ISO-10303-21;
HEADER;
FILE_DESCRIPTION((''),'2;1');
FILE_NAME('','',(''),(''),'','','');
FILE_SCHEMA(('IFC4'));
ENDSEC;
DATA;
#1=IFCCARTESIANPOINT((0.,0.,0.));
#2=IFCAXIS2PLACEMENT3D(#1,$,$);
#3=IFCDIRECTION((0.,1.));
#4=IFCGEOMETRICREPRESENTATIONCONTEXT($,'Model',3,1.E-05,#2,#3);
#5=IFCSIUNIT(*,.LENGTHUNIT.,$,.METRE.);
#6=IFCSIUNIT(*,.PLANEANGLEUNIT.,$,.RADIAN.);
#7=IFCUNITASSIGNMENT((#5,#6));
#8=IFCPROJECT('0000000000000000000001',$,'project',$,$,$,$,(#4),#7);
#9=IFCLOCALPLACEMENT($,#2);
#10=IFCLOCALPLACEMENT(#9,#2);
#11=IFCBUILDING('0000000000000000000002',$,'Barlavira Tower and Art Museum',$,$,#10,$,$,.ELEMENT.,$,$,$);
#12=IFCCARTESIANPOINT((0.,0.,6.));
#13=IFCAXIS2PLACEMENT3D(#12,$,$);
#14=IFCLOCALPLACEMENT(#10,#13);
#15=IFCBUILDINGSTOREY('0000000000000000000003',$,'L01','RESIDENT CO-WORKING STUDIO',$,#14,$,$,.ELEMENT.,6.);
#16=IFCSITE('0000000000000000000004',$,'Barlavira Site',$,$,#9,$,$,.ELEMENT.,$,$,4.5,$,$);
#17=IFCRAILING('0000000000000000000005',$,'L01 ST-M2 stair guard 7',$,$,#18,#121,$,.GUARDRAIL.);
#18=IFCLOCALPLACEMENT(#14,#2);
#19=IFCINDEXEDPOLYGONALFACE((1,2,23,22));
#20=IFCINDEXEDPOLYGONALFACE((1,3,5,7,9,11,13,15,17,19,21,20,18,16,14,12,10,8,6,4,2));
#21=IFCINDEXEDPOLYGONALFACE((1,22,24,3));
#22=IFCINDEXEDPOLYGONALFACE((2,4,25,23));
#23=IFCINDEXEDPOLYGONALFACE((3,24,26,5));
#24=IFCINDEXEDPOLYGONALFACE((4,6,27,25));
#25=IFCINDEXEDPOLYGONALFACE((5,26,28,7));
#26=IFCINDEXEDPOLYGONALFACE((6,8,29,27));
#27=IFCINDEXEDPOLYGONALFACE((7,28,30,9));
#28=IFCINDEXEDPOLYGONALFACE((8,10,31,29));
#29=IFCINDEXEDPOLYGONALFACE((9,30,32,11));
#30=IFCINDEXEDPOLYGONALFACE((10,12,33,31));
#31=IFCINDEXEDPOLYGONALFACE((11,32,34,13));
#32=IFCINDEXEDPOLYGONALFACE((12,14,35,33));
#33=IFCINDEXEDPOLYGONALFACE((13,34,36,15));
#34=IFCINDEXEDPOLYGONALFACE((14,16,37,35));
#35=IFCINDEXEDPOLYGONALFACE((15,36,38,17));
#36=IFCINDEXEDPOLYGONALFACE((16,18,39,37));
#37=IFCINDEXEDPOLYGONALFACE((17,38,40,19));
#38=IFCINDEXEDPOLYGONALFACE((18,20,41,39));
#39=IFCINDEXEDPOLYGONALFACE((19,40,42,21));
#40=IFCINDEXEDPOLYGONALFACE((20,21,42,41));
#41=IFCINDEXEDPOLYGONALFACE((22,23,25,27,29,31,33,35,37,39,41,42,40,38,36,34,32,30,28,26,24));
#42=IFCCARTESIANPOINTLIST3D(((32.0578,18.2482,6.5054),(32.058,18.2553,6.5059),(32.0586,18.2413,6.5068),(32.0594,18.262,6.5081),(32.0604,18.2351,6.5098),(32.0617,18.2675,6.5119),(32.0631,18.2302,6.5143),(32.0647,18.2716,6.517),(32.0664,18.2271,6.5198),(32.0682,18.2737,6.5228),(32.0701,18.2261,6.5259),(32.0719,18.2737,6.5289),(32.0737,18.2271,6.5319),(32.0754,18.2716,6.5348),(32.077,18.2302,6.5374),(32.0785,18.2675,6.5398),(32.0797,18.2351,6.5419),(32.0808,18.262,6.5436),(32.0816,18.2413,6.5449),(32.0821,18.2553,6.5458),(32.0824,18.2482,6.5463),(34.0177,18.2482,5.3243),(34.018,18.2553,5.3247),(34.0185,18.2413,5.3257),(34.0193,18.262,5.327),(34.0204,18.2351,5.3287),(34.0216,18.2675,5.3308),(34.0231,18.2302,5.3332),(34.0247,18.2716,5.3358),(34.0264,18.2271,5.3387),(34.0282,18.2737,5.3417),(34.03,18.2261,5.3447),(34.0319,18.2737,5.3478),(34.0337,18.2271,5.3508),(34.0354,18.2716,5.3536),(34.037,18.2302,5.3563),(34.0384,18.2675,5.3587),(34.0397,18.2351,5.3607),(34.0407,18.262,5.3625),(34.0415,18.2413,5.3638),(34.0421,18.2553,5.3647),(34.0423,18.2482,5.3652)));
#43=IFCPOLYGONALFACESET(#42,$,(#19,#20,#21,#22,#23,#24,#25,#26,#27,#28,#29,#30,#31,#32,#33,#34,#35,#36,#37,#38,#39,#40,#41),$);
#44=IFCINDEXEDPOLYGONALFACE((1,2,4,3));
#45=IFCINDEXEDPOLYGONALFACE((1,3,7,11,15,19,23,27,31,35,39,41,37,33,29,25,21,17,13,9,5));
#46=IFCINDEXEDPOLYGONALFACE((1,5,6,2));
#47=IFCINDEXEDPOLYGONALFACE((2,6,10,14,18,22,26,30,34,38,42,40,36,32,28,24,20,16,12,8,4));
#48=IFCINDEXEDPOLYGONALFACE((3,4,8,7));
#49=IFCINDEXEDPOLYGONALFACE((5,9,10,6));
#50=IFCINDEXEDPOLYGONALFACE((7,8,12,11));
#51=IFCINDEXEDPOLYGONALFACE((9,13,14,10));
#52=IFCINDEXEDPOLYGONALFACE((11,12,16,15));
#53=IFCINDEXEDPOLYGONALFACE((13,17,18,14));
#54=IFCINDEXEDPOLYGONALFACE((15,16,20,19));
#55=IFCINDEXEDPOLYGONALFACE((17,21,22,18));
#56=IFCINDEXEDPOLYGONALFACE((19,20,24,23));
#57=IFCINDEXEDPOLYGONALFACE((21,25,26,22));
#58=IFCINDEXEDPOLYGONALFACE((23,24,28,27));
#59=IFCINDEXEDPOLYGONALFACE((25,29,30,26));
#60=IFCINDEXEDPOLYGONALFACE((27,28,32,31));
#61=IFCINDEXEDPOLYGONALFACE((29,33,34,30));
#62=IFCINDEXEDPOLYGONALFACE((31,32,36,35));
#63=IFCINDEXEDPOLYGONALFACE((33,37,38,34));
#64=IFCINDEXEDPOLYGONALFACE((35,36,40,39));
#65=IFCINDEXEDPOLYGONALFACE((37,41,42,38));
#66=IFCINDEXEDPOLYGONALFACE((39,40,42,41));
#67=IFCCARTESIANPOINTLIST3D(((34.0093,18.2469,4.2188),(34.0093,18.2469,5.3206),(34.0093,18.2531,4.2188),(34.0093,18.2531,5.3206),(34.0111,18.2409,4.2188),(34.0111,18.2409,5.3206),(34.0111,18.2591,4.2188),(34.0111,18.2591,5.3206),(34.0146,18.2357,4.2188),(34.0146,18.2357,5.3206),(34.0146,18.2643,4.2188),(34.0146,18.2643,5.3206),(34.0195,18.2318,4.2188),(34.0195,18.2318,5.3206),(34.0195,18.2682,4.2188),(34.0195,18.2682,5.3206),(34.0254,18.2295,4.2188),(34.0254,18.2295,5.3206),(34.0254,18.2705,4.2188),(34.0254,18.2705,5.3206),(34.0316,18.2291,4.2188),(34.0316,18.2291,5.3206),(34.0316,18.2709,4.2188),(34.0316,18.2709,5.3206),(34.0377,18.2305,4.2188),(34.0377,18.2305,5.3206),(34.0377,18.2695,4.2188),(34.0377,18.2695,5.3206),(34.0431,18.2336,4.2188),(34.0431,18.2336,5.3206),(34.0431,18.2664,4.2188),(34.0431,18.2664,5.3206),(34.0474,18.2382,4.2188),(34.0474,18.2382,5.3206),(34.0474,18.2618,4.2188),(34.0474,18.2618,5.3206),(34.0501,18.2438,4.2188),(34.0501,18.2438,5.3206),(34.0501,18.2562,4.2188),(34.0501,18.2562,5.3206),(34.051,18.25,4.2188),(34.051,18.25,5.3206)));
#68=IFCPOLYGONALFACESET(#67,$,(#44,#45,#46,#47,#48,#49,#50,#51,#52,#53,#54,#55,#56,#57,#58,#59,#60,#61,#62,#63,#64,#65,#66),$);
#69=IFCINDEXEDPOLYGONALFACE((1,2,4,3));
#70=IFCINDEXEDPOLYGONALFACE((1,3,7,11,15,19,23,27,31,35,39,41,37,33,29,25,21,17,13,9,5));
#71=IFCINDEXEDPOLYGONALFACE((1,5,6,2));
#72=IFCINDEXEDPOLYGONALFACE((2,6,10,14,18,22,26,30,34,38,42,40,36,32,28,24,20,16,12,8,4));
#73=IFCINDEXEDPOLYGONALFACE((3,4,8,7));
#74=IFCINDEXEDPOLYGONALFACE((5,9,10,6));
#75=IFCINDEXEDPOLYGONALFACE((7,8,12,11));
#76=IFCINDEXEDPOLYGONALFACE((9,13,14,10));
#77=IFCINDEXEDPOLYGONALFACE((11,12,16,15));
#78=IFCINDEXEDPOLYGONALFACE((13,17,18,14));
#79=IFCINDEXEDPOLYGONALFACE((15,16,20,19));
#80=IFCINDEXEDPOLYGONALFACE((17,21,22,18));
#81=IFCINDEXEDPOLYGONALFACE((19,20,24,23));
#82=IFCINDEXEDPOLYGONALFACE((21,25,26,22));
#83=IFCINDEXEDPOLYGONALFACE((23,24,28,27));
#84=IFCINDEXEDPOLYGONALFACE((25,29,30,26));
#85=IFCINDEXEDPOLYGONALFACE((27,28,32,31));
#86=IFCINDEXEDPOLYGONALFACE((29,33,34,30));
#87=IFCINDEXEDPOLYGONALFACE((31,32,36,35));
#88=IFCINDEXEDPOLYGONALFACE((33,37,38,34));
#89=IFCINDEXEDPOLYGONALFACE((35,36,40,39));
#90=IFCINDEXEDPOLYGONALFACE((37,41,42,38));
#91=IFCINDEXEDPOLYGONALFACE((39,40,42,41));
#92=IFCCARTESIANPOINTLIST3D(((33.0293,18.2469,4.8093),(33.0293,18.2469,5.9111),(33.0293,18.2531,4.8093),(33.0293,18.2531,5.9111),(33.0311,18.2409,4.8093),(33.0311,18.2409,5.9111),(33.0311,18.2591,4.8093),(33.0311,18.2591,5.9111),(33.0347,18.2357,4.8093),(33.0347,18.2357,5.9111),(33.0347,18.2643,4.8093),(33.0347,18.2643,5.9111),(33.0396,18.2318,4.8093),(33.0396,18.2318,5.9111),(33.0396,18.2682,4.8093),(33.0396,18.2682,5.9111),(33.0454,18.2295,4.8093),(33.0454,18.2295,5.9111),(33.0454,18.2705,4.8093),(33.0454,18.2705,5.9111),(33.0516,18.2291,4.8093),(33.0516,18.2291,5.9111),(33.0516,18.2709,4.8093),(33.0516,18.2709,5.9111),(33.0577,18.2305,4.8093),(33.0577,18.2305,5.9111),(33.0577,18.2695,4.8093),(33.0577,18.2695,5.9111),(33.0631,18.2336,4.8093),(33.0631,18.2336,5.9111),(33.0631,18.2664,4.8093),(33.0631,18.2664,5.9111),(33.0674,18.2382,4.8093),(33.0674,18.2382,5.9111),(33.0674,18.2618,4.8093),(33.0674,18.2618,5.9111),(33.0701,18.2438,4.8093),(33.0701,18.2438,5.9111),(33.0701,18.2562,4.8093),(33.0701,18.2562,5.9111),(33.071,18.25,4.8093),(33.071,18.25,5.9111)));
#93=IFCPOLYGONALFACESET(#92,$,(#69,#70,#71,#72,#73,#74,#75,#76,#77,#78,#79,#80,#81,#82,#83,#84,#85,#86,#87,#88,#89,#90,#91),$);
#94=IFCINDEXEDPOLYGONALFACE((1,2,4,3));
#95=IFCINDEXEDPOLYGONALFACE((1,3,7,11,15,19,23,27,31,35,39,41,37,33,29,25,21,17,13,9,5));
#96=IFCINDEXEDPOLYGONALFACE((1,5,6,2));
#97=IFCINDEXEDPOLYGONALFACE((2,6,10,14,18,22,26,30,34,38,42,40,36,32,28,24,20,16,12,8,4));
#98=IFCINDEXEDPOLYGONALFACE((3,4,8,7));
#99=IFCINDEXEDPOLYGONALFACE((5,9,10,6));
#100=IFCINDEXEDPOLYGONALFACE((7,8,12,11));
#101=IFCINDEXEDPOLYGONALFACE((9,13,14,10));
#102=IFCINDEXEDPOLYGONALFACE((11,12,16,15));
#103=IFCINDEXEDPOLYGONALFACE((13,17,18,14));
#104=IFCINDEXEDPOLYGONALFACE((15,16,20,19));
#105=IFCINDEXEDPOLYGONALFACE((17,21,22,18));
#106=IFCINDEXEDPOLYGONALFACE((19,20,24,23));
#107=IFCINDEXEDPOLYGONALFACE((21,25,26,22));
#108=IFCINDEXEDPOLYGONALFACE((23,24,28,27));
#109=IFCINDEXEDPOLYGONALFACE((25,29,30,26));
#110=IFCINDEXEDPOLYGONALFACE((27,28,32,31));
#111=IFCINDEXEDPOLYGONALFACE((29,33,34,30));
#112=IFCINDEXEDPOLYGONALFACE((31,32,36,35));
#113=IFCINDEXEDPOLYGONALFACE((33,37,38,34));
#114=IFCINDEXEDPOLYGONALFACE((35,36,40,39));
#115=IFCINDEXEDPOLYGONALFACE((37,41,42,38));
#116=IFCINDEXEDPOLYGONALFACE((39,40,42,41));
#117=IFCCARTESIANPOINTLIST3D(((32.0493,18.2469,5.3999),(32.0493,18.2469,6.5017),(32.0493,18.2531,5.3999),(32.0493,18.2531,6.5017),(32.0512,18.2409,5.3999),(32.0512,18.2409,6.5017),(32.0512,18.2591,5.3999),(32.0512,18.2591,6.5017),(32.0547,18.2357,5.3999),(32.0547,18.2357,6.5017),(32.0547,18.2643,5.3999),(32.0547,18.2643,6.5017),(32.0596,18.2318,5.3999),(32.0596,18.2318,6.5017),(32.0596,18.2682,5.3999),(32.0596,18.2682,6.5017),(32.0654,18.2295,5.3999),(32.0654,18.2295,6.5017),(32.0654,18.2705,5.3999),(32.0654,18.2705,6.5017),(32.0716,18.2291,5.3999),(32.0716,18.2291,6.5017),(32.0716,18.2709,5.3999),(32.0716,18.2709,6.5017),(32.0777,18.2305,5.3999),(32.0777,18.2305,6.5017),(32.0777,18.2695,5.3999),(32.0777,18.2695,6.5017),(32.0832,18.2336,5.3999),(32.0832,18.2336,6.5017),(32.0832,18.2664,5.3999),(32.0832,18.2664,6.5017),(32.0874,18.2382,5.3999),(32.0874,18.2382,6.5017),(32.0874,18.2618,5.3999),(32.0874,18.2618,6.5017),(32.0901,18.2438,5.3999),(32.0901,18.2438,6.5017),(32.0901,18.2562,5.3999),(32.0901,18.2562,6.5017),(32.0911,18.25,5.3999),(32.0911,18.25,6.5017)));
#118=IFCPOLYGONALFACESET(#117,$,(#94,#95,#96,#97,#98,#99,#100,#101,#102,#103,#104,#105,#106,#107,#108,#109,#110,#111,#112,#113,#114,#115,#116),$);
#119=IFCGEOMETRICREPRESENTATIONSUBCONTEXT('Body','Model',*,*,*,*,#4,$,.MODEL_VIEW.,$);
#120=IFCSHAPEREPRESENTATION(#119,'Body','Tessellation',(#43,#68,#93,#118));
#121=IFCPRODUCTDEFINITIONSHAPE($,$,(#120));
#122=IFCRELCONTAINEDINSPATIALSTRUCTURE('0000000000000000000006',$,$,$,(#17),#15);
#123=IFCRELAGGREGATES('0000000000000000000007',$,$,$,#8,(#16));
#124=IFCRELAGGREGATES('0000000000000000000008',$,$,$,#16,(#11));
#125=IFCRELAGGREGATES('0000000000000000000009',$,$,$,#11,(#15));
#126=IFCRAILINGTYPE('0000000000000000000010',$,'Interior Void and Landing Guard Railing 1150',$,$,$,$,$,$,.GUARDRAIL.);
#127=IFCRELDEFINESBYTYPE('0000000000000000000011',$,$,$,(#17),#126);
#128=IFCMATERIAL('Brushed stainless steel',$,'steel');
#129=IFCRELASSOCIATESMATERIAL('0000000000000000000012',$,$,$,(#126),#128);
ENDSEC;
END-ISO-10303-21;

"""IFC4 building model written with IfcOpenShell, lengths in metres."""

from ifc_helpers import new_model, si_unit, direction, frame, origin, origin_2d, place, context, subcontext, project, spatial, circle, extrude, material, type_object, element, save


model = new_model("IFC4")

# Units and contexts
model_context = context("Model", 3, precision=1e-05, world=origin(), true_north=direction((0.0, 1.0)))
body_context = subcontext(model_context, "Body", "Model", "MODEL_VIEW")
ifc_project = project(units=[si_unit("LENGTHUNIT", "METRE"), si_unit("PLANEANGLEUNIT", "RADIAN")], contexts=[model_context])

# Site, building, storey
site_placement = place(None, origin())
site = spatial("IfcSite", under=ifc_project, at=site_placement, Name="Barlavira Site", CompositionType="ELEMENT", RefElevation=4.5)
building_placement = place(site_placement, origin())
building = spatial("IfcBuilding", under=site, at=building_placement, Name="Barlavira Tower and Art Museum", CompositionType="ELEMENT")
storey_placement = place(building_placement, frame((0.0, 0.0, 6.0)))
storey = spatial("IfcBuildingStorey", under=building, at=storey_placement, Name="L01", Description="RESIDENT CO-WORKING STUDIO", CompositionType="ELEMENT", Elevation=6.0)

# Shared definitions
ifc_material_1 = material(Name="Brushed stainless steel", Category="steel")

# Railing
railing_type_1 = type_object("IfcRailingType", Name="Interior Void and Landing Guard Railing 1150", PredefinedType="GUARDRAIL", material=ifc_material_1)
railing_1_placement = place(storey_placement, frame((34.03, 18.25, 4.2188)))
element("IfcRailing", 1, at=railing_1_placement, inside=storey, type_object=railing_type_1, Name="L01 ST-M2 stair guard 7", PredefinedType="GUARDRAIL", context=body_context, shape_type="SweptSolid", body=[
    extrude(circle(Radius=0.0239, at=origin_2d()), frame((0.0, 0.0, 1.126), z_axis=(-0.856493, 0.0, 0.516158), x_axis=(0.0, -1.0, 0.0)), (0.0, 0.0, 1.0), 2.2883),
    extrude(circle(Radius=0.021, at=origin_2d()), origin(), (0.0, 0.0, 1.0), 1.1018),
    extrude(circle(Radius=0.021, at=origin_2d()), frame((-0.98, 0.0, 0.5906)), (0.0, 0.0, 1.0), 1.1018),
    extrude(circle(Radius=0.021, at=origin_2d()), frame((-1.96, 0.0, 1.1812)), (0.0, 0.0, 1.0), 1.1018),
])

save(model, "model.ifc")
